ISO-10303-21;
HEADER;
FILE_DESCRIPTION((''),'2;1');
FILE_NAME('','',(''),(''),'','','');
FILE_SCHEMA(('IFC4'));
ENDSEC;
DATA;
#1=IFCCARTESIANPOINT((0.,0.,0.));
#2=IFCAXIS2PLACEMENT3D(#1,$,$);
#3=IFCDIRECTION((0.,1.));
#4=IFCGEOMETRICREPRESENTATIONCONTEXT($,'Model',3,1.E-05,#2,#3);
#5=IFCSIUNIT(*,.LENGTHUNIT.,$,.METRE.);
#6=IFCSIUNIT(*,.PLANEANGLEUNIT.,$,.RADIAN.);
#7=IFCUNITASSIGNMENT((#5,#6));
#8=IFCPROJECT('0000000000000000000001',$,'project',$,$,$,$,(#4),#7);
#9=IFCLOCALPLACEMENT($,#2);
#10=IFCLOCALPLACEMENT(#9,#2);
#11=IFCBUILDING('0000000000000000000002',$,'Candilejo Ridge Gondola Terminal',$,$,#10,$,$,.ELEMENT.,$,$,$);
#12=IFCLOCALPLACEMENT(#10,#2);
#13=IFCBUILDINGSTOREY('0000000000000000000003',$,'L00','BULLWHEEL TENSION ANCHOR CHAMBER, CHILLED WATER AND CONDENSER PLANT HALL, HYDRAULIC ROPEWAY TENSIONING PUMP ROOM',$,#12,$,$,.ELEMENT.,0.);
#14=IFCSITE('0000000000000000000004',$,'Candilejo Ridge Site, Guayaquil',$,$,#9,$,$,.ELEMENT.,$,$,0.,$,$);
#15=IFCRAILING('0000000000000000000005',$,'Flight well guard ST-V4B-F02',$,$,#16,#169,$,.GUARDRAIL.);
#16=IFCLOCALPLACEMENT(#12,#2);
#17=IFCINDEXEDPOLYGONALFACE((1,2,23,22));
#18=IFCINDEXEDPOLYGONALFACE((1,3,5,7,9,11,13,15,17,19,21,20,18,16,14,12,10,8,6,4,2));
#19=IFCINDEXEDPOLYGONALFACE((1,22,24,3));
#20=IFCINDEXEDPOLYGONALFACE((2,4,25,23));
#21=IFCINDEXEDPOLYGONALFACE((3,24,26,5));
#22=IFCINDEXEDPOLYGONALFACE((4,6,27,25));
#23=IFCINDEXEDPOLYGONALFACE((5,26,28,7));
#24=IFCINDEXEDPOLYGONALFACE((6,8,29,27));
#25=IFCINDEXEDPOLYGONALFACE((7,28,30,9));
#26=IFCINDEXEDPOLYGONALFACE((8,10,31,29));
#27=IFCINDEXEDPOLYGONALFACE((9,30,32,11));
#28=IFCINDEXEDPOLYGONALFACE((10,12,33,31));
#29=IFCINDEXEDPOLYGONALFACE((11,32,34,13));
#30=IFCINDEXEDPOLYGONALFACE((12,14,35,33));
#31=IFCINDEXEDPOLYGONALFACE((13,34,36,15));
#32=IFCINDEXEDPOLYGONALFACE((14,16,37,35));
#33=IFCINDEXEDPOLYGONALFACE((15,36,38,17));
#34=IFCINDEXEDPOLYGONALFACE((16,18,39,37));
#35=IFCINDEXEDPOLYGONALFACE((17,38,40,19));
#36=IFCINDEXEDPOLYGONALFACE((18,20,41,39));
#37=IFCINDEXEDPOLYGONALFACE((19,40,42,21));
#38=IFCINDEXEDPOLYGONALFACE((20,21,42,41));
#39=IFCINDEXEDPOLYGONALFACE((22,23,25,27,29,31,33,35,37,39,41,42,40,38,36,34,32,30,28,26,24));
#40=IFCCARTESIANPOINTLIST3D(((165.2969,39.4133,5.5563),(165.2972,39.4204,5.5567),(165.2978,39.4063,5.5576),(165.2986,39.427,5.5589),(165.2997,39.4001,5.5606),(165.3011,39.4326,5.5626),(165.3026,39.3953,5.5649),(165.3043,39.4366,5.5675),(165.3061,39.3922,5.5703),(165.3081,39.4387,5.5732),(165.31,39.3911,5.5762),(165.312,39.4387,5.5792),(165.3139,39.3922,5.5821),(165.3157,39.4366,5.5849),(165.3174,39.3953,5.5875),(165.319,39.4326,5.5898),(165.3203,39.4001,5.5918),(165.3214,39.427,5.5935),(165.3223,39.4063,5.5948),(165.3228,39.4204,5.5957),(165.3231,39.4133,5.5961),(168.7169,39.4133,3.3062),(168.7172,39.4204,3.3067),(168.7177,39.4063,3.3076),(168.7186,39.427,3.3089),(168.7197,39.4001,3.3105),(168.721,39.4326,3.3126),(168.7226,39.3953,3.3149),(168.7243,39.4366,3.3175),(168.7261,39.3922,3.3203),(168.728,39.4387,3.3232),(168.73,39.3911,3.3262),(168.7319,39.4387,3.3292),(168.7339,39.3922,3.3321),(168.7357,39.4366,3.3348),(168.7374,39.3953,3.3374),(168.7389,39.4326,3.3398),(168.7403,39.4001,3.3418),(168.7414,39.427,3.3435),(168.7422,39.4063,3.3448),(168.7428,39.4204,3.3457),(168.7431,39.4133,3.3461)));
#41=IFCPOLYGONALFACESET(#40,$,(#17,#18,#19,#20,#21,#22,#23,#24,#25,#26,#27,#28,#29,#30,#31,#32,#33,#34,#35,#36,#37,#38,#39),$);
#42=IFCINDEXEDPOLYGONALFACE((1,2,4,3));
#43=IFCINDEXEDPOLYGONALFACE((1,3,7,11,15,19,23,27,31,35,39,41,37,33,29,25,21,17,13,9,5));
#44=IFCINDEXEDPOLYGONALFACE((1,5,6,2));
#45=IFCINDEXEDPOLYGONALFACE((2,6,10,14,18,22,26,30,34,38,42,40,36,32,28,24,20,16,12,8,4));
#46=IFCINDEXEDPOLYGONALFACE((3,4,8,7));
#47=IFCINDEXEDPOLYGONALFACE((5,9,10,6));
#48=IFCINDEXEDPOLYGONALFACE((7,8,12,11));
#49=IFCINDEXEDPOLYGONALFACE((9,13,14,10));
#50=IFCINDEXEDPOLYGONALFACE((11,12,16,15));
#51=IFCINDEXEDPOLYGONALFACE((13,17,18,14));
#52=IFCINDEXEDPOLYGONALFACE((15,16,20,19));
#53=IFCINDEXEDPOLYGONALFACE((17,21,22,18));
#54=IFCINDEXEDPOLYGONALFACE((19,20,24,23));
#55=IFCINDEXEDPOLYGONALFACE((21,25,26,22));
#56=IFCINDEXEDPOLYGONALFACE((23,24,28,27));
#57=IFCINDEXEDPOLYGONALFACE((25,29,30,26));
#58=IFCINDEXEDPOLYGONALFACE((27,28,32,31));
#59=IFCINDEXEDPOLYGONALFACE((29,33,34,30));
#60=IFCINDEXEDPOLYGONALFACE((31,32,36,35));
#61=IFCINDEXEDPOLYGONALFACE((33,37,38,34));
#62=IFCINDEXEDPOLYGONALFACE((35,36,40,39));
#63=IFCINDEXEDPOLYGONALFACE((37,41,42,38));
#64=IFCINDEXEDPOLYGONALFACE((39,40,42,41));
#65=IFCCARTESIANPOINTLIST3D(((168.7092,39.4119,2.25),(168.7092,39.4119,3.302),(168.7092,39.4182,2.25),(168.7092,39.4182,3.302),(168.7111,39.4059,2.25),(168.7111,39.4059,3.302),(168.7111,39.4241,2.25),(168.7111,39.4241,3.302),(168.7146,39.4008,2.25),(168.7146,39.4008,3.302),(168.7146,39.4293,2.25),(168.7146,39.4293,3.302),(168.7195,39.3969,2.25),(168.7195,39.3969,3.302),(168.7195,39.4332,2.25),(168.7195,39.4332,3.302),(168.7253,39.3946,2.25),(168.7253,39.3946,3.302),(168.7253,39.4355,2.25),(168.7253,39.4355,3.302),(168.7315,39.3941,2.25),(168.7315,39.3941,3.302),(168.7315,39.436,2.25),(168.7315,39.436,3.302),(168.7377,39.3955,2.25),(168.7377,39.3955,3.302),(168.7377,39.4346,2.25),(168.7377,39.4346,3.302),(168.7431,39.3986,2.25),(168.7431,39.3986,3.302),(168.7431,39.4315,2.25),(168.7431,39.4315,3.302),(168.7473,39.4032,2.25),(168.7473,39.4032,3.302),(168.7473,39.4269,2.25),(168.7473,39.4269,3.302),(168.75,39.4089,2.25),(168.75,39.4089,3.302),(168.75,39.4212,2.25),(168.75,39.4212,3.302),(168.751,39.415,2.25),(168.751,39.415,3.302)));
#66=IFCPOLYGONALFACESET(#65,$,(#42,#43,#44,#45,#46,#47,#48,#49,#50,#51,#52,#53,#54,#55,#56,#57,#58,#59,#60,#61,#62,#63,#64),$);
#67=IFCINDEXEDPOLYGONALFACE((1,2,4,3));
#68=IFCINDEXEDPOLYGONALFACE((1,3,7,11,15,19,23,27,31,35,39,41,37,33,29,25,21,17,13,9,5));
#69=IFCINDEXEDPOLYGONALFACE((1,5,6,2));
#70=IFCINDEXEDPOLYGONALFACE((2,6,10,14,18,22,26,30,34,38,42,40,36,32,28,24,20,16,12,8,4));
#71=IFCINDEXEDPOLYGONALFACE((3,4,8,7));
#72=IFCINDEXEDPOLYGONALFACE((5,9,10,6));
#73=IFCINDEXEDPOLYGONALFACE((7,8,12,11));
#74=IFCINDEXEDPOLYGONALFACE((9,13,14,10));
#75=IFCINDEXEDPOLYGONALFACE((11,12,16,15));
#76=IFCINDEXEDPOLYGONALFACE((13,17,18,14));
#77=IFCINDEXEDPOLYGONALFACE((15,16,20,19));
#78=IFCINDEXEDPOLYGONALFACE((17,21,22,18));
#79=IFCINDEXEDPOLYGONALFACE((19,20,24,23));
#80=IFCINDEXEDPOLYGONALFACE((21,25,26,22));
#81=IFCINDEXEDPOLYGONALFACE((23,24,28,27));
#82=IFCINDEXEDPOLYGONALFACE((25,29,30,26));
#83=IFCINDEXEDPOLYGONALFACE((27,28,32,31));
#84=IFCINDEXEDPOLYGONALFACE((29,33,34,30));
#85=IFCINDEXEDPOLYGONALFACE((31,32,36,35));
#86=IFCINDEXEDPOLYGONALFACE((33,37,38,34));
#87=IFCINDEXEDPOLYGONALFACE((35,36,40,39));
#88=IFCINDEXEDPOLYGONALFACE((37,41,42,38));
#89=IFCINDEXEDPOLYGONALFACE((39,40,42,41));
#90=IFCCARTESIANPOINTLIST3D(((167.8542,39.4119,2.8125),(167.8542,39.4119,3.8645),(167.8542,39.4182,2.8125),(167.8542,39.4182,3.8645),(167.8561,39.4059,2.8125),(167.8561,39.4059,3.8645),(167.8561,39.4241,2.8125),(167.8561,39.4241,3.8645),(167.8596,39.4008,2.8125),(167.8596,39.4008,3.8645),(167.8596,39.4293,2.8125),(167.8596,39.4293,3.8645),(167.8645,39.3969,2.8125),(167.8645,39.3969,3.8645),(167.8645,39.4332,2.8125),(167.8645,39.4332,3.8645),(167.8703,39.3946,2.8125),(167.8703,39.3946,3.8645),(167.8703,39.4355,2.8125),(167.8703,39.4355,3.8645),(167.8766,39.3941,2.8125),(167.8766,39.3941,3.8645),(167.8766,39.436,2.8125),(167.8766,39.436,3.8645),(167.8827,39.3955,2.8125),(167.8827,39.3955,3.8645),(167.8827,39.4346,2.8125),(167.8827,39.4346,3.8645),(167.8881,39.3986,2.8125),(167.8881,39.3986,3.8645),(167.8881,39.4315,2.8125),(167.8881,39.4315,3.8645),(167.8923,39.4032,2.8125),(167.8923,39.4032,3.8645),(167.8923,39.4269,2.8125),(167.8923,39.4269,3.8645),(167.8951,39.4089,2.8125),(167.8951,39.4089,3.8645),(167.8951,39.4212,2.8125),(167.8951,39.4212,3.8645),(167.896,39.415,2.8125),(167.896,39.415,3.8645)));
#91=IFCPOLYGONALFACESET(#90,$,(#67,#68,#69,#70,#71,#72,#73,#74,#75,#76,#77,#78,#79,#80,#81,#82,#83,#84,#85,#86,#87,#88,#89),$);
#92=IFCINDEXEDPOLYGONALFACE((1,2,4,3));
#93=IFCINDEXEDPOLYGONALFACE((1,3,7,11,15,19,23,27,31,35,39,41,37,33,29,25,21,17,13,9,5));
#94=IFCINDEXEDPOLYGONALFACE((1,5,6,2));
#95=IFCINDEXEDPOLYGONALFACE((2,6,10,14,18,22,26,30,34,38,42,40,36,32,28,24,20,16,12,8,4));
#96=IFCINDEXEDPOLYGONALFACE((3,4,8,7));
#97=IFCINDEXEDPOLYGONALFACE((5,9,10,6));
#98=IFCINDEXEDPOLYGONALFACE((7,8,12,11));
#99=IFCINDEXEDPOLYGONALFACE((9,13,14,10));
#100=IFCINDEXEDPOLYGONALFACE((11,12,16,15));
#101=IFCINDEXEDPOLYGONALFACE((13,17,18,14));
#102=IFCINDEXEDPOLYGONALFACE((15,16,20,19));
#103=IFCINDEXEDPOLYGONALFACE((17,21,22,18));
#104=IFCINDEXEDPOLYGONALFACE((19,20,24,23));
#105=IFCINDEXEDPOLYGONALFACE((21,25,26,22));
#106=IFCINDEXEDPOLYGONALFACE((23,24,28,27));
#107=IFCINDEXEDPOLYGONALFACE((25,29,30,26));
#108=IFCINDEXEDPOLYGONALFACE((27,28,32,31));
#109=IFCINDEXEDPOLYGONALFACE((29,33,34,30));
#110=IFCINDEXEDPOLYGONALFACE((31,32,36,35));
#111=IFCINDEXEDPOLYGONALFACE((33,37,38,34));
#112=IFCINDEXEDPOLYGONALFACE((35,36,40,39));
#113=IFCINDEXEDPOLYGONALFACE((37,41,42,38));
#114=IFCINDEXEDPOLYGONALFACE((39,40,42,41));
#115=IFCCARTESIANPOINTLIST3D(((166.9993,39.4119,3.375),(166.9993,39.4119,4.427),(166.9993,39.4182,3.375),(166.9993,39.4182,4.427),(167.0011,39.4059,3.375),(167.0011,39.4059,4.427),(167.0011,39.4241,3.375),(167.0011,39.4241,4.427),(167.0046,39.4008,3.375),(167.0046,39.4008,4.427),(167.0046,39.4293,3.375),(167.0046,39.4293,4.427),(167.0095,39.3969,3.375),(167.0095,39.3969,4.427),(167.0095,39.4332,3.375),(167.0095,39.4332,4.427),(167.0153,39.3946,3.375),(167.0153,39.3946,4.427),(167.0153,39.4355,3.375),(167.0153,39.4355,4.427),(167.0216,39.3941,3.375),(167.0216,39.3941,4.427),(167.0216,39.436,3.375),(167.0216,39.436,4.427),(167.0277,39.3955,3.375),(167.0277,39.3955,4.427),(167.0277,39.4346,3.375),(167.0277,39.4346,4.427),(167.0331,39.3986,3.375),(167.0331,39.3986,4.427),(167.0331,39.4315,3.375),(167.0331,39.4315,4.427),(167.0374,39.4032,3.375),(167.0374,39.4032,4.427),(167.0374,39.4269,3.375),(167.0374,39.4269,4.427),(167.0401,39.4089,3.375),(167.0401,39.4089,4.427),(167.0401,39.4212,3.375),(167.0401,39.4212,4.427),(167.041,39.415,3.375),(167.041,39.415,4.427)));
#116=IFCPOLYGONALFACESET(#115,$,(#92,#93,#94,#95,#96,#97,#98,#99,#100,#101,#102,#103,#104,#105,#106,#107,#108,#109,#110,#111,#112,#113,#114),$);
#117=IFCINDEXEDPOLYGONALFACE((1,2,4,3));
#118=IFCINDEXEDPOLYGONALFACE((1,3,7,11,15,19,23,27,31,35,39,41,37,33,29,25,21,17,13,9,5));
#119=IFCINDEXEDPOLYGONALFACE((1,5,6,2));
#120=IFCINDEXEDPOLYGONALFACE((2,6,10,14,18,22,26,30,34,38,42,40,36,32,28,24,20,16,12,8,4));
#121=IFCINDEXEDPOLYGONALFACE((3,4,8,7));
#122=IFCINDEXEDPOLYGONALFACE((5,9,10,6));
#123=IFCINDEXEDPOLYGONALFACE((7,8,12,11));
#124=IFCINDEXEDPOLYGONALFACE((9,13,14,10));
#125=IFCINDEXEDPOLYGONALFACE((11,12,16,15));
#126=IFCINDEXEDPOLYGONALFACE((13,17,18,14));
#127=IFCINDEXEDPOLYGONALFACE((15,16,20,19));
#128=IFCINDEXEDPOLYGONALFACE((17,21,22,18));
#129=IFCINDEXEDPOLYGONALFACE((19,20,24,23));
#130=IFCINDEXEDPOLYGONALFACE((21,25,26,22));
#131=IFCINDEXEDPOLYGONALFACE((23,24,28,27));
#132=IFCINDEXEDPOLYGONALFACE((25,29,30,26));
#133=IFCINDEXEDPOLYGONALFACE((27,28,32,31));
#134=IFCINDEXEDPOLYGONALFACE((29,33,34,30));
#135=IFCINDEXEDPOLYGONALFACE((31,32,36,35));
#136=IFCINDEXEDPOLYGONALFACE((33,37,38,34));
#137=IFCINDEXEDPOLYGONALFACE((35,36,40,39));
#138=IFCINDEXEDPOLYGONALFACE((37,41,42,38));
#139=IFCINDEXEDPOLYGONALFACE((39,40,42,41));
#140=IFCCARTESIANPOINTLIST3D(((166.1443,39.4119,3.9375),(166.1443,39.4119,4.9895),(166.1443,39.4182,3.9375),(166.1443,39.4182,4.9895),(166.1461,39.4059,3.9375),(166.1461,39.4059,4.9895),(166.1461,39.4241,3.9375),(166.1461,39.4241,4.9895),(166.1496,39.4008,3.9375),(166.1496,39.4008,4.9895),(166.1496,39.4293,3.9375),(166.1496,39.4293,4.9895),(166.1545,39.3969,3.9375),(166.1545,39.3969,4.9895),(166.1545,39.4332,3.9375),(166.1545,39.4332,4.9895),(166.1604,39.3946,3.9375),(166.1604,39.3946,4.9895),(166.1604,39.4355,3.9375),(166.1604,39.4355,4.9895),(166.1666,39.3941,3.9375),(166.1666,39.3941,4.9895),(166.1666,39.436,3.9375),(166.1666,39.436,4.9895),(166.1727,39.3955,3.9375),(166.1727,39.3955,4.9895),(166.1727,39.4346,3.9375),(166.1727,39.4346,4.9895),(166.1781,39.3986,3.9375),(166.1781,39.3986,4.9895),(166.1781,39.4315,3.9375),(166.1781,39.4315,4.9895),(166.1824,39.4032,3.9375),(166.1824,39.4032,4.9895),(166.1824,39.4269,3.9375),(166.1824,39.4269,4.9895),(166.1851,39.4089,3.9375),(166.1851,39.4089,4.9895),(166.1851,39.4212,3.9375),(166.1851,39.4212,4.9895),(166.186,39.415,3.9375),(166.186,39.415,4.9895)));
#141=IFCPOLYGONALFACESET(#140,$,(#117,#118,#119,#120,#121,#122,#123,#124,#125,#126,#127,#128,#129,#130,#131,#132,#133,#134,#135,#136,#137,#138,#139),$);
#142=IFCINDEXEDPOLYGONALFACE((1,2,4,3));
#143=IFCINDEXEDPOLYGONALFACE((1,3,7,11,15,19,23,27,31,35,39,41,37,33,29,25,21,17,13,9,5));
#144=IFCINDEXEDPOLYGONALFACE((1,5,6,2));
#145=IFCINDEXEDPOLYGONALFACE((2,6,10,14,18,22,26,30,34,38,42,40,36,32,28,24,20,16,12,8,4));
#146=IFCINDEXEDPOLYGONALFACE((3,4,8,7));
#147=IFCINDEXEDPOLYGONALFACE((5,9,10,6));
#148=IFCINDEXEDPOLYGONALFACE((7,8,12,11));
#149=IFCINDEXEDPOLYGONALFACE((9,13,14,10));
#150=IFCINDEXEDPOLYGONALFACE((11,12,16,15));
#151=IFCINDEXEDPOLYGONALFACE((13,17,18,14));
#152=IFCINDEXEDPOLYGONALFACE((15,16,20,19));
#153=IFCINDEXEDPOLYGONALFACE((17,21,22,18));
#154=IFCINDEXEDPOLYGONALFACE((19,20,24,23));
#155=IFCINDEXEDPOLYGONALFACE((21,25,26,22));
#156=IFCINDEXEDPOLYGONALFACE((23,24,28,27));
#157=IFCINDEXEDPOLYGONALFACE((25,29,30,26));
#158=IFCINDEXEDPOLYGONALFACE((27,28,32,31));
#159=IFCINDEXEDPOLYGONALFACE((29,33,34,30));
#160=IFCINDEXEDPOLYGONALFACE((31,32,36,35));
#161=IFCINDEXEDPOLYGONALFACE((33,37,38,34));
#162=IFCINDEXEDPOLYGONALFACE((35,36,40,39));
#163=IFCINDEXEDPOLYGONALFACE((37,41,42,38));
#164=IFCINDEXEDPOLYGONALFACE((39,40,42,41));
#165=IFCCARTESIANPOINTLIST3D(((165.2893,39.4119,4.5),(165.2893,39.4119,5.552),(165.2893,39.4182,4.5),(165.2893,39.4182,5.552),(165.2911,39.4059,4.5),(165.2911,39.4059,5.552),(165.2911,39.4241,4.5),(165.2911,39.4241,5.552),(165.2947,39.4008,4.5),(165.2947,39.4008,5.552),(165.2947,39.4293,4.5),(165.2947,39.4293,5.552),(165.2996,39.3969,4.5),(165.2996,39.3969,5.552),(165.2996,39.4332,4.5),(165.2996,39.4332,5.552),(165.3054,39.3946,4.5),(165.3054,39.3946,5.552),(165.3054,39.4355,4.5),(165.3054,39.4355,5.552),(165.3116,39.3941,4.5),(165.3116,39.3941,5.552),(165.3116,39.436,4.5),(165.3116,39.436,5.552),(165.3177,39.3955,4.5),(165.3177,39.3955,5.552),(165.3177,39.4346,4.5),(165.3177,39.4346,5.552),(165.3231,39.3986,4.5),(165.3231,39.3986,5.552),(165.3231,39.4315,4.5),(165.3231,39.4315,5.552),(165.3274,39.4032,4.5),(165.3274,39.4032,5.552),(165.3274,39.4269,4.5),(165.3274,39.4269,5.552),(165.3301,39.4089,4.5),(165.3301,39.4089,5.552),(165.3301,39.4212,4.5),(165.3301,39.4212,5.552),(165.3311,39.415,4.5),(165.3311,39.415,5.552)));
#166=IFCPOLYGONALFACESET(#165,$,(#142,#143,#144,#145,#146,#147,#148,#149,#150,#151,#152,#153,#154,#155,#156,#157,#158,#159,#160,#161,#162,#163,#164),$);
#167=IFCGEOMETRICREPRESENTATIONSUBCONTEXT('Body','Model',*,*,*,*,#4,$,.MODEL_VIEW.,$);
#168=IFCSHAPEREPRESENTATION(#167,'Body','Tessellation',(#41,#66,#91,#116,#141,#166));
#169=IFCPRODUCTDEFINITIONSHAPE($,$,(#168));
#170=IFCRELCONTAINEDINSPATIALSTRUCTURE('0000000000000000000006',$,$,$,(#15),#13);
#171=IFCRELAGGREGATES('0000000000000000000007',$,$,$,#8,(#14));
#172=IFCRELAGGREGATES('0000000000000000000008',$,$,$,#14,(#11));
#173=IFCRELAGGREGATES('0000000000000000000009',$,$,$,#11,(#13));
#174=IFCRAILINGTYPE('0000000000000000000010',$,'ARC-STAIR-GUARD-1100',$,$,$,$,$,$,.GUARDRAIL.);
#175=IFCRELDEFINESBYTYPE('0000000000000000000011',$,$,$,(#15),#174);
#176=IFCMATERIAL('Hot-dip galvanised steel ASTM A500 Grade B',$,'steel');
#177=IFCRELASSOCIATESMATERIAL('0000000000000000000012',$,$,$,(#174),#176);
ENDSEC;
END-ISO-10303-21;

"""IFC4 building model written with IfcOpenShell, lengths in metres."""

from ifc_helpers import new_model, si_unit, direction, frame, origin, origin_2d, place, context, subcontext, project, spatial, circle, extrude, material, type_object, element, save


model = new_model("IFC4")

# Units and contexts
model_context = context("Model", 3, precision=1e-05, world=origin(), true_north=direction((0.0, 1.0)))
body_context = subcontext(model_context, "Body", "Model", "MODEL_VIEW")
ifc_project = project(units=[si_unit("LENGTHUNIT", "METRE"), si_unit("PLANEANGLEUNIT", "RADIAN")], contexts=[model_context])

# Site, building, storey
site_placement = place(None, origin())
site = spatial("IfcSite", under=ifc_project, at=site_placement, Name="Candilejo Ridge Site, Guayaquil", CompositionType="ELEMENT", RefElevation=0.0)
building_placement = place(site_placement, origin())
building = spatial("IfcBuilding", under=site, at=building_placement, Name="Candilejo Ridge Gondola Terminal", CompositionType="ELEMENT")
storey_placement = place(building_placement, origin())
storey = spatial("IfcBuildingStorey", under=building, at=storey_placement, Name="L00", Description="BULLWHEEL TENSION ANCHOR CHAMBER, CHILLED WATER AND CONDENSER PLANT HALL, HYDRAULIC ROPEWAY TENSIONING PUMP ROOM", CompositionType="ELEMENT", Elevation=0.0)

# Railing
ifc_material_1 = material(Name="Hot-dip galvanised steel ASTM A500 Grade B", Category="steel")
railing_type_1 = type_object("IfcRailingType", Name="ARC-STAIR-GUARD-1100", PredefinedType="GUARDRAIL", material=ifc_material_1)
railing_1_placement = place(storey_placement, frame((168.73, 39.415, 2.25)))
element("IfcRailing", 1, at=railing_1_placement, inside=storey, type_object=railing_type_1, Name="Flight well guard ST-V4B-F02", PredefinedType="GUARDRAIL", context=body_context, shape_type="SweptSolid", body=[
    extrude(circle(Radius=0.0239, at=origin_2d()), frame((0.0, 0.0, 1.0762), z_axis=(-0.835411, 0.0, 0.549625), x_axis=(0.0, -1.0, 0.0)), (0.0, 0.0, 1.0), 4.0938),
    extrude(circle(Radius=0.021, at=origin_2d()), origin(), (0.0, 0.0, 1.0), 1.052),
    extrude(circle(Radius=0.021, at=origin_2d()), frame((-0.855, 0.0, 0.5625)), (0.0, 0.0, 1.0), 1.052),
    extrude(circle(Radius=0.021, at=origin_2d()), frame((-1.71, 0.0, 1.125)), (0.0, 0.0, 1.0), 1.052),
    extrude(circle(Radius=0.021, at=origin_2d()), frame((-2.5649, 0.0, 1.6875)), (0.0, 0.0, 1.0), 1.052),
    extrude(circle(Radius=0.021, at=origin_2d()), frame((-3.4199, 0.0, 2.25)), (0.0, 0.0, 1.0), 1.052),
])

save(model, "model.ifc")
